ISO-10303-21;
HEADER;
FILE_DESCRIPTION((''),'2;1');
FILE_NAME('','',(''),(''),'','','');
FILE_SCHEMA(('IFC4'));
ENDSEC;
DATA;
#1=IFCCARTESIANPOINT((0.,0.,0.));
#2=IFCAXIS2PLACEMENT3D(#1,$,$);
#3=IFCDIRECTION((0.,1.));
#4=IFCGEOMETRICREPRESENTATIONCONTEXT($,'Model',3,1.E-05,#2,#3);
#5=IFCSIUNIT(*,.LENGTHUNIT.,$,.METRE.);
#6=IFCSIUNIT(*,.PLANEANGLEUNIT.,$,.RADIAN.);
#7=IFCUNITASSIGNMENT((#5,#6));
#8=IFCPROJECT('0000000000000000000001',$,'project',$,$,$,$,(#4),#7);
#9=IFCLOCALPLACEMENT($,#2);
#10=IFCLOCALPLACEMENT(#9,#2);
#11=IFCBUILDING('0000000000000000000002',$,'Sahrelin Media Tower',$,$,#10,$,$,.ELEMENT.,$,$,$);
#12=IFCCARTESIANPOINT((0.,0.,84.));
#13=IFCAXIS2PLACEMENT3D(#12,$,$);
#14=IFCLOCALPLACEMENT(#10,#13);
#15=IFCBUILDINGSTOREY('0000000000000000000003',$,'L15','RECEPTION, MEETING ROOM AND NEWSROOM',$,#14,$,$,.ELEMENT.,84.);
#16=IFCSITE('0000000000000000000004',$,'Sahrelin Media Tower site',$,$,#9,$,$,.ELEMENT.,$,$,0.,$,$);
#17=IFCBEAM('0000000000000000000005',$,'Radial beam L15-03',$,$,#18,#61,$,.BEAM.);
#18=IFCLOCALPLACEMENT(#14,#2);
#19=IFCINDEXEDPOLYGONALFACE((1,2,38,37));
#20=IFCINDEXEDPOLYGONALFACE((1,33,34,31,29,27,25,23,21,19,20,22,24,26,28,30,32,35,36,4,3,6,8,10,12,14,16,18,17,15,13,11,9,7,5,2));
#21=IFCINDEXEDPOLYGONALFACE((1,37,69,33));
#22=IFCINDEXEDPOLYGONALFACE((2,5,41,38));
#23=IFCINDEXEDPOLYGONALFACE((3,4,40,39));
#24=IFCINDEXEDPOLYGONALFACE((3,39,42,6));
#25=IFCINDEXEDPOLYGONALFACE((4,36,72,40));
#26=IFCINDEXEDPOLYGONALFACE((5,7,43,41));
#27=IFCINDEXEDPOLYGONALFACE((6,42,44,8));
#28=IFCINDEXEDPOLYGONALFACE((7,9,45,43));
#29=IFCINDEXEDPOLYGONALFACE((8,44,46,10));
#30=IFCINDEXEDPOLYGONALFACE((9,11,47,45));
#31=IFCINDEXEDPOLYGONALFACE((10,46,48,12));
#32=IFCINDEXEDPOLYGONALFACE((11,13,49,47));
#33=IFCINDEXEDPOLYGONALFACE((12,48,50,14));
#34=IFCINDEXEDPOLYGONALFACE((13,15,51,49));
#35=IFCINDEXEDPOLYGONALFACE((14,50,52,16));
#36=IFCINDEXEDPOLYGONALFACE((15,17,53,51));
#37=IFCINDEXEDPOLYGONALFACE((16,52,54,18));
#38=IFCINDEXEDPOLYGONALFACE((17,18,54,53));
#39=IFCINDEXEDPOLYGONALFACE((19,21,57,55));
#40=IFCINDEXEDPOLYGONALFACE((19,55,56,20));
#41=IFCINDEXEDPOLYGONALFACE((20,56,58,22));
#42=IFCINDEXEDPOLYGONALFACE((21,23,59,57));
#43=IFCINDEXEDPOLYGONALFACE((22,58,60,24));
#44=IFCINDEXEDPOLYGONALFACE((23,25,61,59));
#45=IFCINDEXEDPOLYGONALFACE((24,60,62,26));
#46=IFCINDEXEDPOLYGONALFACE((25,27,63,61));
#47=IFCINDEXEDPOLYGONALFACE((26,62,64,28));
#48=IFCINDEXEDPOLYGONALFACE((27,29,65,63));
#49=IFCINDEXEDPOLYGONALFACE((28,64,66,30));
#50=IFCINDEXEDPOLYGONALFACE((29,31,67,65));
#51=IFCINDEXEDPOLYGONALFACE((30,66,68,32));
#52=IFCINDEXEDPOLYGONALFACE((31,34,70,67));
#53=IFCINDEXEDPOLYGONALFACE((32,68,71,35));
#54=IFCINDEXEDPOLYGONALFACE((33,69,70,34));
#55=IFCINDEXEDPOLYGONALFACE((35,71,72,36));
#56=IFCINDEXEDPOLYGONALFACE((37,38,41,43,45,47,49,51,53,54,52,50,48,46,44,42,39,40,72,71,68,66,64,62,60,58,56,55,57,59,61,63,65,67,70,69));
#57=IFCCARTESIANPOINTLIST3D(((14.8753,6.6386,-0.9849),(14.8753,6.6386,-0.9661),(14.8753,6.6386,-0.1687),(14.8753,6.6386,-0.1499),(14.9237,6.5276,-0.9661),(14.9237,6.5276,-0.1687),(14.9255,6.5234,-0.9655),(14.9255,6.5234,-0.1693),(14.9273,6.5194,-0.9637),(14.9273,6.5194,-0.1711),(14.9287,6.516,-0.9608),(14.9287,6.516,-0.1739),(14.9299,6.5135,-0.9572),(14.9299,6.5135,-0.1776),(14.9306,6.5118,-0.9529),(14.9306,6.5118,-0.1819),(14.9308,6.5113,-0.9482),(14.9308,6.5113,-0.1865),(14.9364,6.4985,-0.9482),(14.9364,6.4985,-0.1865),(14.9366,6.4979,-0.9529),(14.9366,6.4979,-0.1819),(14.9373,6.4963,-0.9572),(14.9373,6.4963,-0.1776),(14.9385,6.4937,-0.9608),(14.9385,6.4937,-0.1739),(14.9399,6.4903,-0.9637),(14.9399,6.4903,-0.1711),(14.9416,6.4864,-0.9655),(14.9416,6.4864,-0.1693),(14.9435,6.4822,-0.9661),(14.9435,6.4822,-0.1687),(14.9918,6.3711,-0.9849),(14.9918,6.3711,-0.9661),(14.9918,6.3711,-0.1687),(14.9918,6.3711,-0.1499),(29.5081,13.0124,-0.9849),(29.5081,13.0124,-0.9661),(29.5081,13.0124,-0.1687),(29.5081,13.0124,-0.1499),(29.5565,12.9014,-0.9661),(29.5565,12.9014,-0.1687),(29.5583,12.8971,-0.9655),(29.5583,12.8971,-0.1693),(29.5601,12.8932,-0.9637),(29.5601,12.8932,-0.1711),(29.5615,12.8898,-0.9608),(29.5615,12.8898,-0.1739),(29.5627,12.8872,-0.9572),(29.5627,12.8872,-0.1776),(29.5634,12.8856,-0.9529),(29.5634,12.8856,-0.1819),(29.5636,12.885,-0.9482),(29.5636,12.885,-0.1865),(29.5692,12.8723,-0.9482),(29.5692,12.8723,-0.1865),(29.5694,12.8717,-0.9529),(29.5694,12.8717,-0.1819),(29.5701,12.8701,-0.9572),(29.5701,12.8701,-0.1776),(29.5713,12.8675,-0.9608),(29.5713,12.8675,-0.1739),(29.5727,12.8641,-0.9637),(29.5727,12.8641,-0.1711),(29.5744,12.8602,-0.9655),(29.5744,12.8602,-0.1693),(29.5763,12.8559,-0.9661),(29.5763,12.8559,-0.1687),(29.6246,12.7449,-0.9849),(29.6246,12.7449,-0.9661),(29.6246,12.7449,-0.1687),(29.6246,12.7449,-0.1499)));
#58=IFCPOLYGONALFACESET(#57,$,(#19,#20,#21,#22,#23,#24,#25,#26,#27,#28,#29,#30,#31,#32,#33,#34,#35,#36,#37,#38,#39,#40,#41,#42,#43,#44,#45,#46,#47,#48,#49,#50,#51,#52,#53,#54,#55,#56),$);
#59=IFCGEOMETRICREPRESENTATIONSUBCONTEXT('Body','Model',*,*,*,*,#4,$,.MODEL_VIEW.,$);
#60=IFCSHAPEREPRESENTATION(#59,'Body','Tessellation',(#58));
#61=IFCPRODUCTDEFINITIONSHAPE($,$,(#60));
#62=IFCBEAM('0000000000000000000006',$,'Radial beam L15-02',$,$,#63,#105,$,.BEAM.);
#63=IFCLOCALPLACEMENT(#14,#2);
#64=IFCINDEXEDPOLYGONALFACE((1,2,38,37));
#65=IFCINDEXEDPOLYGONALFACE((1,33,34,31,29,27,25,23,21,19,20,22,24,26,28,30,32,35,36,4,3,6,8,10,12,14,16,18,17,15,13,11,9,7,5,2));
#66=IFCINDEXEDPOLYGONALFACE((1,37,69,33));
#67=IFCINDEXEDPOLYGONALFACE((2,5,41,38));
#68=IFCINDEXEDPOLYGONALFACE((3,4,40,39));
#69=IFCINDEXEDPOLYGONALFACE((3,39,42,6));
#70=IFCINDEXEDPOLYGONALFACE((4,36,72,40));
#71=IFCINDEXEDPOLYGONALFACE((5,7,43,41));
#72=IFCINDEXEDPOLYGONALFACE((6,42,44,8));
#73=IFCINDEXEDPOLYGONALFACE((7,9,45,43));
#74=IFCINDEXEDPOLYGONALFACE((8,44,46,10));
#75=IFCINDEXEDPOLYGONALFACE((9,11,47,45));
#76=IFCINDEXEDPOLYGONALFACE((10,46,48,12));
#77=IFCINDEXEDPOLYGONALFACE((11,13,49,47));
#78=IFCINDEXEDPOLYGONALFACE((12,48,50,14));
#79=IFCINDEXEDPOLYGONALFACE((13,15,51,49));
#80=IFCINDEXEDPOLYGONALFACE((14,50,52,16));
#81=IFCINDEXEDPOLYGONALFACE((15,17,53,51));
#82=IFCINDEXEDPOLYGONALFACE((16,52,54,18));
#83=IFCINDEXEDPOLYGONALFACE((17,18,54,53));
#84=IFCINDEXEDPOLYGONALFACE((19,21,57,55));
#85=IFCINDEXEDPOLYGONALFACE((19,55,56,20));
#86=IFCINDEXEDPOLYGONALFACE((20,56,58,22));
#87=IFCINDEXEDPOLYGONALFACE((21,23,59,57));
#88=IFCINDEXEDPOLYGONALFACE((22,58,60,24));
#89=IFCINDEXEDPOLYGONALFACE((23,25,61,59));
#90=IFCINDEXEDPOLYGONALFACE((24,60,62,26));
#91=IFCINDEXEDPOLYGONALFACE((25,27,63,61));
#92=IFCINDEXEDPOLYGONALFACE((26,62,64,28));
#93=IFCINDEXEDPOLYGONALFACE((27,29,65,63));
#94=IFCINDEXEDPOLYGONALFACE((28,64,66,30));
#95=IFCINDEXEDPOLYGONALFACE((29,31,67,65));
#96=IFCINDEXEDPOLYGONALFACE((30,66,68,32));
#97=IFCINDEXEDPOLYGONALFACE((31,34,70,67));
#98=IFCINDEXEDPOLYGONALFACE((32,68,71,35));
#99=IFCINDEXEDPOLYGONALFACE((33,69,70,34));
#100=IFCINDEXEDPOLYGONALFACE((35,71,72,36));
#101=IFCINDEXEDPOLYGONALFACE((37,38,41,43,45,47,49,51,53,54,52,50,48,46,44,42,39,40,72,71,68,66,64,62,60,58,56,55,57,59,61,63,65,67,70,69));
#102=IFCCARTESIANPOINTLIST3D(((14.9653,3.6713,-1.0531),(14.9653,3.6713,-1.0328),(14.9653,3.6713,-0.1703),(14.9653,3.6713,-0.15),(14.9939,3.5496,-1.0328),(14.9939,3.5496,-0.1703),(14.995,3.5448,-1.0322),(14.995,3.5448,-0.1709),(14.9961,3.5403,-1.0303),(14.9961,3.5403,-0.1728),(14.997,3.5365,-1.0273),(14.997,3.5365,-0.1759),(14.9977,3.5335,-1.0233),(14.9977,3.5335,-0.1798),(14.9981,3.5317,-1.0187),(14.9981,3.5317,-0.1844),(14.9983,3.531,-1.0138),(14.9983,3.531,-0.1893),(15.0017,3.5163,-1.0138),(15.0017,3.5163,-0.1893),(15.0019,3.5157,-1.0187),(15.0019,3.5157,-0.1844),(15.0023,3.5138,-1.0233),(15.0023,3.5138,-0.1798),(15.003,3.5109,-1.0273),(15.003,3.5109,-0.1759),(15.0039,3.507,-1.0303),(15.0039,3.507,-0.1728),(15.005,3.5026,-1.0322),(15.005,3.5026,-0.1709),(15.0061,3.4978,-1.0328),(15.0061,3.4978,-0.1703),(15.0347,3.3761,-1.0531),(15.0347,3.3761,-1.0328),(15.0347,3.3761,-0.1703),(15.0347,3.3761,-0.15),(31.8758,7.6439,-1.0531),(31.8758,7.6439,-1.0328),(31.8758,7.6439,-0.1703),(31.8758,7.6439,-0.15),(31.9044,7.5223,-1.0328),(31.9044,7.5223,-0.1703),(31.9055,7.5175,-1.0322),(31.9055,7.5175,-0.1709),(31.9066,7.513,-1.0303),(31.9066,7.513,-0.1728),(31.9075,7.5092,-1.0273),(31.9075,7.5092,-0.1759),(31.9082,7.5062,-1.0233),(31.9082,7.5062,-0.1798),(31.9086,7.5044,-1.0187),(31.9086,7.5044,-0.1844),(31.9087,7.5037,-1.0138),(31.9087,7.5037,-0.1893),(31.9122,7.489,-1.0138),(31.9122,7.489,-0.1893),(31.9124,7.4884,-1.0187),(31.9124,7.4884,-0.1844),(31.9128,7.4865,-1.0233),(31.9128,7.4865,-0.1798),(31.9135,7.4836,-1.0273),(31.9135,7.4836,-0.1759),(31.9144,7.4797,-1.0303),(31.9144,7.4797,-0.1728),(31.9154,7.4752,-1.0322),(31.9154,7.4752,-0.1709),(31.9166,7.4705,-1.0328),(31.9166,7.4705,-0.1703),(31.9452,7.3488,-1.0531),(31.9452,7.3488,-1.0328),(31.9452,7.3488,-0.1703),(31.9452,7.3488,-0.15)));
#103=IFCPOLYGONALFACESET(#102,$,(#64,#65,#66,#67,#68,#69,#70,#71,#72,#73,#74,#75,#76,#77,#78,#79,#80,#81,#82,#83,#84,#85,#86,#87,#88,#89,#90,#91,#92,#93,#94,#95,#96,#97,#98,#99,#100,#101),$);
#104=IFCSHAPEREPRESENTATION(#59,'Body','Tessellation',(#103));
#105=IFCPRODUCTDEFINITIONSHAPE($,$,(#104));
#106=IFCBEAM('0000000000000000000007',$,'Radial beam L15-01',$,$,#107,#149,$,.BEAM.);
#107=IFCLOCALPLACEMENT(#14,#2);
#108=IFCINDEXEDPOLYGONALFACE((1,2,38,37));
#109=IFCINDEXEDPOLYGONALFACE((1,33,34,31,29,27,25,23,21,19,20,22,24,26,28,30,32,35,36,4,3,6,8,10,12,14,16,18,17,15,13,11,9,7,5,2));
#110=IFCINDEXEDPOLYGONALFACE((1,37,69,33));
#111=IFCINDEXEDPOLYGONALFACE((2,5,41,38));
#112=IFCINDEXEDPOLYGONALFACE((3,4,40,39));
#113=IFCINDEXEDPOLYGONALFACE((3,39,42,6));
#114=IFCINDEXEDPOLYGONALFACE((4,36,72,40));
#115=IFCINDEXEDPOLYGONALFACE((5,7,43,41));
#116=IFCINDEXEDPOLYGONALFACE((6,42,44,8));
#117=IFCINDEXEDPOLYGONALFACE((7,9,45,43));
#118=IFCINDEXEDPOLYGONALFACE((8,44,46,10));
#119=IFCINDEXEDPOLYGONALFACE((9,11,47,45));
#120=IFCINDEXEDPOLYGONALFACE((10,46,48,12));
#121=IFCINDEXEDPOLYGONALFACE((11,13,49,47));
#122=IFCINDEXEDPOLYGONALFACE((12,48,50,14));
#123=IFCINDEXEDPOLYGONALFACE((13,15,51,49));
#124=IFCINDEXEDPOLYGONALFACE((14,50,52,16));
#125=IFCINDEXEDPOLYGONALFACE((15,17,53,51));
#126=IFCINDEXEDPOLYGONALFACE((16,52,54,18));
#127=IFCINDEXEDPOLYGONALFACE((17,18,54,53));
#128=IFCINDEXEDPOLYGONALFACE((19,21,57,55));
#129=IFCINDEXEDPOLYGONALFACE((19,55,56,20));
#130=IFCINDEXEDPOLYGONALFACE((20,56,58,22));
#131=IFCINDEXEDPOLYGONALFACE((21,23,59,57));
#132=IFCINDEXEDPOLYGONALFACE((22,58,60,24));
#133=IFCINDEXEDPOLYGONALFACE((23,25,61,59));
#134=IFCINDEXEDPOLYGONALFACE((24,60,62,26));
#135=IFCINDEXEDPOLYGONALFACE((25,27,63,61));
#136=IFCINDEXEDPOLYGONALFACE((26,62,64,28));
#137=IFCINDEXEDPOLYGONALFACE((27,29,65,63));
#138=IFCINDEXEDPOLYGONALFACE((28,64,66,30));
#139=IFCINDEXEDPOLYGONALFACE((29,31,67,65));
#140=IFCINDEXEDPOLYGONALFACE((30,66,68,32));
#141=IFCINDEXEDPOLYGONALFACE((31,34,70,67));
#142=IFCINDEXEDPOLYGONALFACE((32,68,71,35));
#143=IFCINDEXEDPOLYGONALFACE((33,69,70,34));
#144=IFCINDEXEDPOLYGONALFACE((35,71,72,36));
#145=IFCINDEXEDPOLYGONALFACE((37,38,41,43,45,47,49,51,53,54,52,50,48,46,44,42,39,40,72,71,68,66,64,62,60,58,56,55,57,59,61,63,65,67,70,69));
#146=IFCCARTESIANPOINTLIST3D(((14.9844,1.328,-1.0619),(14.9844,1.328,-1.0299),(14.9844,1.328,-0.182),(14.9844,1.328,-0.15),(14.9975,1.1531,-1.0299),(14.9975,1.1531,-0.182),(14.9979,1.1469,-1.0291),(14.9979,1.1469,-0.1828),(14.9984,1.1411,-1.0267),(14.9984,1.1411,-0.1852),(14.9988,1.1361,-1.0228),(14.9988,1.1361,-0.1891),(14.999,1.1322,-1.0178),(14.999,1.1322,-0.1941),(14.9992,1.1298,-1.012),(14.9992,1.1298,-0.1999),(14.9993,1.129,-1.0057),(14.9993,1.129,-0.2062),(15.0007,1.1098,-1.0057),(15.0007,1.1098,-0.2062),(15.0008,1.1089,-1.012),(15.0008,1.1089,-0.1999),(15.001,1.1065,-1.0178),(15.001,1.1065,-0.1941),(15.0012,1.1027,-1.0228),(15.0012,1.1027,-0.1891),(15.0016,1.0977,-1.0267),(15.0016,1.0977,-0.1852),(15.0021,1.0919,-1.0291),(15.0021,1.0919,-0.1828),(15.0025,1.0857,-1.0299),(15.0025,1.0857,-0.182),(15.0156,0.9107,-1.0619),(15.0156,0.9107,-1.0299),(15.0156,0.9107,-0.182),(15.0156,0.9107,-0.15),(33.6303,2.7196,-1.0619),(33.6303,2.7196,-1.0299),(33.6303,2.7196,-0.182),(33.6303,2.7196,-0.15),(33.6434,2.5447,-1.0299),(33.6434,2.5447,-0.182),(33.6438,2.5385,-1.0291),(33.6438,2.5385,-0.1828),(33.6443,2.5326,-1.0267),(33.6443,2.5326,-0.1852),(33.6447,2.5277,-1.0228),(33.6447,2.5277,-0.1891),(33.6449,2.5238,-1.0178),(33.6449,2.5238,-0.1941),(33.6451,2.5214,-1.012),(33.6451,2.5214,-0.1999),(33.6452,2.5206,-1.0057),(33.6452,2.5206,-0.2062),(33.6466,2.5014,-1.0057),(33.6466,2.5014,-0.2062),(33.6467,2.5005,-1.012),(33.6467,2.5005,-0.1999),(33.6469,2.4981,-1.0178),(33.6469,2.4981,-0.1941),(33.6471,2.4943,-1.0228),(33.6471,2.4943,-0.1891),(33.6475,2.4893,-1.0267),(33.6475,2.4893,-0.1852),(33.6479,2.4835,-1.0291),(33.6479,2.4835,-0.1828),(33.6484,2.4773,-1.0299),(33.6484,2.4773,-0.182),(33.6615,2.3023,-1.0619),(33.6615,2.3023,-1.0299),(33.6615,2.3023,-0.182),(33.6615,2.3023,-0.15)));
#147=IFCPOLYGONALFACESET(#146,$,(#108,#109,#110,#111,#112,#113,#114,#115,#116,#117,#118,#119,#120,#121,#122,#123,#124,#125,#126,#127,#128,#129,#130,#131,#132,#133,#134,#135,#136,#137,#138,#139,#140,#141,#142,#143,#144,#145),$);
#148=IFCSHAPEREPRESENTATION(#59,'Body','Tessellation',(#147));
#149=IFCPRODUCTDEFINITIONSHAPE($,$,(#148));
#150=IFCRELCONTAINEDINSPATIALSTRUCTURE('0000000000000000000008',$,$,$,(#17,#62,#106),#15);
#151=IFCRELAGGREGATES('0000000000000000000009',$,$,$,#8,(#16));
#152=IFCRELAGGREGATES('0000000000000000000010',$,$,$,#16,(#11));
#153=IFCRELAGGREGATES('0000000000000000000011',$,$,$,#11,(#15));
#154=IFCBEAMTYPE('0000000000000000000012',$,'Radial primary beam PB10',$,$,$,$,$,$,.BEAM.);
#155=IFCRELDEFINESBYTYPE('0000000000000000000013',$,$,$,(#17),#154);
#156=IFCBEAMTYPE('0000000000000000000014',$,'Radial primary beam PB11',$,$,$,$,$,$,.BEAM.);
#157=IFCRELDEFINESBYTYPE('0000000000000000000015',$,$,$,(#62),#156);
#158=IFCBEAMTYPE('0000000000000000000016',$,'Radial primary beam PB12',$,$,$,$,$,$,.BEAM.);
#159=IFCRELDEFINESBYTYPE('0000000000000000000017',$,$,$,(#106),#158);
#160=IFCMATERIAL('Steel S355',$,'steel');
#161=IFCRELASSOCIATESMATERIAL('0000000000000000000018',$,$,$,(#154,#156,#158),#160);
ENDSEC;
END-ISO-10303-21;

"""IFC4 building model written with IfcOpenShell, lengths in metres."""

from ifc_helpers import new_model, si_unit, direction, frame, origin, origin_2d, place, context, subcontext, project, spatial, i_section, extrude, material, material_profile, profile_set, type_object, element, save


model = new_model("IFC4")

# Units and contexts
model_context = context("Model", 3, precision=1e-05, world=origin(), true_north=direction((0.0, 1.0)))
body_context = subcontext(model_context, "Body", "Model", "MODEL_VIEW")
ifc_project = project(units=[si_unit("LENGTHUNIT", "METRE"), si_unit("PLANEANGLEUNIT", "RADIAN")], contexts=[model_context])

# Site, building, storey
site_placement = place(None, origin())
site = spatial("IfcSite", under=ifc_project, at=site_placement, Name="Sahrelin Media Tower site", CompositionType="ELEMENT", RefElevation=0.0)
building_placement = place(site_placement, origin())
building = spatial("IfcBuilding", under=site, at=building_placement, Name="Sahrelin Media Tower", CompositionType="ELEMENT")
storey_placement = place(building_placement, frame((0.0, 0.0, 84.0)))
storey = spatial("IfcBuildingStorey", under=building, at=storey_placement, Name="L15", Description="RECEPTION, MEETING ROOM AND NEWSROOM", CompositionType="ELEMENT", Elevation=84.0)

# Beams
ifc_material_1 = material(Name="Steel S355", Category="steel")
ifc_material_profile_1 = material_profile(ifc_material_1, i_section(OverallWidth=0.2917, OverallDepth=0.835, WebThickness=0.0139, FlangeThickness=0.0188, FilletRadius=0.0178, at=origin_2d()), Name="UB 838x292x176")
ifc_profile_set_1 = profile_set([ifc_material_profile_1], Name="Steel S355")
beam_type_1 = type_object("IfcBeamType", Name="Radial primary beam PB10", PredefinedType="BEAM", material=ifc_profile_set_1)
beam_1_placement = place(storey_placement, frame((14.9336, 6.5049, -0.5674), z_axis=(0.916802, 0.399342, 0.0), x_axis=(-0.399342, 0.916802, 0.0)))
element("IfcBeam", 1, at=beam_1_placement, inside=storey, type_object=beam_type_1, Name="Radial beam L15-03", PredefinedType="BEAM", context=body_context, shape_type="SweptSolid", body=[
    extrude(i_section(OverallWidth=0.2917, OverallDepth=0.835, WebThickness=0.0139, FlangeThickness=0.0188, FilletRadius=0.0178, at=origin_2d()), origin(), (0.0, 0.0, 1.0), 15.9607),
])
ifc_material_profile_2 = material_profile(ifc_material_1, i_section(OverallWidth=0.3032, OverallDepth=0.9031, WebThickness=0.0151, FlangeThickness=0.0203, FilletRadius=0.019, at=origin_2d()), Name="UB 914x305x201")
ifc_profile_set_2 = profile_set([ifc_material_profile_2], Name="Steel S355")
beam_type_2 = type_object("IfcBeamType", Name="Radial primary beam PB11", PredefinedType="BEAM", material=ifc_profile_set_2)
beam_2_placement = place(storey_placement, frame((15.0, 3.5237, -0.6016), z_axis=(0.973497, 0.228698, 0.0), x_axis=(-0.228698, 0.973497, 0.0)))
element("IfcBeam", 2, at=beam_2_placement, inside=storey, type_object=beam_type_2, Name="Radial beam L15-02", PredefinedType="BEAM", context=body_context, shape_type="SweptSolid", body=[
    extrude(i_section(OverallWidth=0.3032, OverallDepth=0.9031, WebThickness=0.0151, FlangeThickness=0.0203, FilletRadius=0.019, at=origin_2d()), origin(), (0.0, 0.0, 1.0), 17.3708),
])
ifc_material_profile_3 = material_profile(ifc_material_1, i_section(OverallWidth=0.4185, OverallDepth=0.9119, WebThickness=0.0193, FlangeThickness=0.032, FilletRadius=0.0242, at=origin_2d()), Name="UB 914x419x343")
ifc_profile_set_3 = profile_set([ifc_material_profile_3], Name="Steel S355")
beam_type_3 = type_object("IfcBeamType", Name="Radial primary beam PB12", PredefinedType="BEAM", material=ifc_profile_set_3)
beam_3_placement = place(storey_placement, frame((15.0, 1.1194, -0.606), z_axis=(0.997227, 0.074426, 0.0), x_axis=(-0.074426, 0.997227, 0.0)))
element("IfcBeam", 3, at=beam_3_placement, inside=storey, type_object=beam_type_3, Name="Radial beam L15-01", PredefinedType="BEAM", context=body_context, shape_type="SweptSolid", body=[
    extrude(i_section(OverallWidth=0.4185, OverallDepth=0.9119, WebThickness=0.0193, FlangeThickness=0.032, FilletRadius=0.0242, at=origin_2d()), origin(), (0.0, 0.0, 1.0), 18.6978),
])

save(model, "model.ifc")
